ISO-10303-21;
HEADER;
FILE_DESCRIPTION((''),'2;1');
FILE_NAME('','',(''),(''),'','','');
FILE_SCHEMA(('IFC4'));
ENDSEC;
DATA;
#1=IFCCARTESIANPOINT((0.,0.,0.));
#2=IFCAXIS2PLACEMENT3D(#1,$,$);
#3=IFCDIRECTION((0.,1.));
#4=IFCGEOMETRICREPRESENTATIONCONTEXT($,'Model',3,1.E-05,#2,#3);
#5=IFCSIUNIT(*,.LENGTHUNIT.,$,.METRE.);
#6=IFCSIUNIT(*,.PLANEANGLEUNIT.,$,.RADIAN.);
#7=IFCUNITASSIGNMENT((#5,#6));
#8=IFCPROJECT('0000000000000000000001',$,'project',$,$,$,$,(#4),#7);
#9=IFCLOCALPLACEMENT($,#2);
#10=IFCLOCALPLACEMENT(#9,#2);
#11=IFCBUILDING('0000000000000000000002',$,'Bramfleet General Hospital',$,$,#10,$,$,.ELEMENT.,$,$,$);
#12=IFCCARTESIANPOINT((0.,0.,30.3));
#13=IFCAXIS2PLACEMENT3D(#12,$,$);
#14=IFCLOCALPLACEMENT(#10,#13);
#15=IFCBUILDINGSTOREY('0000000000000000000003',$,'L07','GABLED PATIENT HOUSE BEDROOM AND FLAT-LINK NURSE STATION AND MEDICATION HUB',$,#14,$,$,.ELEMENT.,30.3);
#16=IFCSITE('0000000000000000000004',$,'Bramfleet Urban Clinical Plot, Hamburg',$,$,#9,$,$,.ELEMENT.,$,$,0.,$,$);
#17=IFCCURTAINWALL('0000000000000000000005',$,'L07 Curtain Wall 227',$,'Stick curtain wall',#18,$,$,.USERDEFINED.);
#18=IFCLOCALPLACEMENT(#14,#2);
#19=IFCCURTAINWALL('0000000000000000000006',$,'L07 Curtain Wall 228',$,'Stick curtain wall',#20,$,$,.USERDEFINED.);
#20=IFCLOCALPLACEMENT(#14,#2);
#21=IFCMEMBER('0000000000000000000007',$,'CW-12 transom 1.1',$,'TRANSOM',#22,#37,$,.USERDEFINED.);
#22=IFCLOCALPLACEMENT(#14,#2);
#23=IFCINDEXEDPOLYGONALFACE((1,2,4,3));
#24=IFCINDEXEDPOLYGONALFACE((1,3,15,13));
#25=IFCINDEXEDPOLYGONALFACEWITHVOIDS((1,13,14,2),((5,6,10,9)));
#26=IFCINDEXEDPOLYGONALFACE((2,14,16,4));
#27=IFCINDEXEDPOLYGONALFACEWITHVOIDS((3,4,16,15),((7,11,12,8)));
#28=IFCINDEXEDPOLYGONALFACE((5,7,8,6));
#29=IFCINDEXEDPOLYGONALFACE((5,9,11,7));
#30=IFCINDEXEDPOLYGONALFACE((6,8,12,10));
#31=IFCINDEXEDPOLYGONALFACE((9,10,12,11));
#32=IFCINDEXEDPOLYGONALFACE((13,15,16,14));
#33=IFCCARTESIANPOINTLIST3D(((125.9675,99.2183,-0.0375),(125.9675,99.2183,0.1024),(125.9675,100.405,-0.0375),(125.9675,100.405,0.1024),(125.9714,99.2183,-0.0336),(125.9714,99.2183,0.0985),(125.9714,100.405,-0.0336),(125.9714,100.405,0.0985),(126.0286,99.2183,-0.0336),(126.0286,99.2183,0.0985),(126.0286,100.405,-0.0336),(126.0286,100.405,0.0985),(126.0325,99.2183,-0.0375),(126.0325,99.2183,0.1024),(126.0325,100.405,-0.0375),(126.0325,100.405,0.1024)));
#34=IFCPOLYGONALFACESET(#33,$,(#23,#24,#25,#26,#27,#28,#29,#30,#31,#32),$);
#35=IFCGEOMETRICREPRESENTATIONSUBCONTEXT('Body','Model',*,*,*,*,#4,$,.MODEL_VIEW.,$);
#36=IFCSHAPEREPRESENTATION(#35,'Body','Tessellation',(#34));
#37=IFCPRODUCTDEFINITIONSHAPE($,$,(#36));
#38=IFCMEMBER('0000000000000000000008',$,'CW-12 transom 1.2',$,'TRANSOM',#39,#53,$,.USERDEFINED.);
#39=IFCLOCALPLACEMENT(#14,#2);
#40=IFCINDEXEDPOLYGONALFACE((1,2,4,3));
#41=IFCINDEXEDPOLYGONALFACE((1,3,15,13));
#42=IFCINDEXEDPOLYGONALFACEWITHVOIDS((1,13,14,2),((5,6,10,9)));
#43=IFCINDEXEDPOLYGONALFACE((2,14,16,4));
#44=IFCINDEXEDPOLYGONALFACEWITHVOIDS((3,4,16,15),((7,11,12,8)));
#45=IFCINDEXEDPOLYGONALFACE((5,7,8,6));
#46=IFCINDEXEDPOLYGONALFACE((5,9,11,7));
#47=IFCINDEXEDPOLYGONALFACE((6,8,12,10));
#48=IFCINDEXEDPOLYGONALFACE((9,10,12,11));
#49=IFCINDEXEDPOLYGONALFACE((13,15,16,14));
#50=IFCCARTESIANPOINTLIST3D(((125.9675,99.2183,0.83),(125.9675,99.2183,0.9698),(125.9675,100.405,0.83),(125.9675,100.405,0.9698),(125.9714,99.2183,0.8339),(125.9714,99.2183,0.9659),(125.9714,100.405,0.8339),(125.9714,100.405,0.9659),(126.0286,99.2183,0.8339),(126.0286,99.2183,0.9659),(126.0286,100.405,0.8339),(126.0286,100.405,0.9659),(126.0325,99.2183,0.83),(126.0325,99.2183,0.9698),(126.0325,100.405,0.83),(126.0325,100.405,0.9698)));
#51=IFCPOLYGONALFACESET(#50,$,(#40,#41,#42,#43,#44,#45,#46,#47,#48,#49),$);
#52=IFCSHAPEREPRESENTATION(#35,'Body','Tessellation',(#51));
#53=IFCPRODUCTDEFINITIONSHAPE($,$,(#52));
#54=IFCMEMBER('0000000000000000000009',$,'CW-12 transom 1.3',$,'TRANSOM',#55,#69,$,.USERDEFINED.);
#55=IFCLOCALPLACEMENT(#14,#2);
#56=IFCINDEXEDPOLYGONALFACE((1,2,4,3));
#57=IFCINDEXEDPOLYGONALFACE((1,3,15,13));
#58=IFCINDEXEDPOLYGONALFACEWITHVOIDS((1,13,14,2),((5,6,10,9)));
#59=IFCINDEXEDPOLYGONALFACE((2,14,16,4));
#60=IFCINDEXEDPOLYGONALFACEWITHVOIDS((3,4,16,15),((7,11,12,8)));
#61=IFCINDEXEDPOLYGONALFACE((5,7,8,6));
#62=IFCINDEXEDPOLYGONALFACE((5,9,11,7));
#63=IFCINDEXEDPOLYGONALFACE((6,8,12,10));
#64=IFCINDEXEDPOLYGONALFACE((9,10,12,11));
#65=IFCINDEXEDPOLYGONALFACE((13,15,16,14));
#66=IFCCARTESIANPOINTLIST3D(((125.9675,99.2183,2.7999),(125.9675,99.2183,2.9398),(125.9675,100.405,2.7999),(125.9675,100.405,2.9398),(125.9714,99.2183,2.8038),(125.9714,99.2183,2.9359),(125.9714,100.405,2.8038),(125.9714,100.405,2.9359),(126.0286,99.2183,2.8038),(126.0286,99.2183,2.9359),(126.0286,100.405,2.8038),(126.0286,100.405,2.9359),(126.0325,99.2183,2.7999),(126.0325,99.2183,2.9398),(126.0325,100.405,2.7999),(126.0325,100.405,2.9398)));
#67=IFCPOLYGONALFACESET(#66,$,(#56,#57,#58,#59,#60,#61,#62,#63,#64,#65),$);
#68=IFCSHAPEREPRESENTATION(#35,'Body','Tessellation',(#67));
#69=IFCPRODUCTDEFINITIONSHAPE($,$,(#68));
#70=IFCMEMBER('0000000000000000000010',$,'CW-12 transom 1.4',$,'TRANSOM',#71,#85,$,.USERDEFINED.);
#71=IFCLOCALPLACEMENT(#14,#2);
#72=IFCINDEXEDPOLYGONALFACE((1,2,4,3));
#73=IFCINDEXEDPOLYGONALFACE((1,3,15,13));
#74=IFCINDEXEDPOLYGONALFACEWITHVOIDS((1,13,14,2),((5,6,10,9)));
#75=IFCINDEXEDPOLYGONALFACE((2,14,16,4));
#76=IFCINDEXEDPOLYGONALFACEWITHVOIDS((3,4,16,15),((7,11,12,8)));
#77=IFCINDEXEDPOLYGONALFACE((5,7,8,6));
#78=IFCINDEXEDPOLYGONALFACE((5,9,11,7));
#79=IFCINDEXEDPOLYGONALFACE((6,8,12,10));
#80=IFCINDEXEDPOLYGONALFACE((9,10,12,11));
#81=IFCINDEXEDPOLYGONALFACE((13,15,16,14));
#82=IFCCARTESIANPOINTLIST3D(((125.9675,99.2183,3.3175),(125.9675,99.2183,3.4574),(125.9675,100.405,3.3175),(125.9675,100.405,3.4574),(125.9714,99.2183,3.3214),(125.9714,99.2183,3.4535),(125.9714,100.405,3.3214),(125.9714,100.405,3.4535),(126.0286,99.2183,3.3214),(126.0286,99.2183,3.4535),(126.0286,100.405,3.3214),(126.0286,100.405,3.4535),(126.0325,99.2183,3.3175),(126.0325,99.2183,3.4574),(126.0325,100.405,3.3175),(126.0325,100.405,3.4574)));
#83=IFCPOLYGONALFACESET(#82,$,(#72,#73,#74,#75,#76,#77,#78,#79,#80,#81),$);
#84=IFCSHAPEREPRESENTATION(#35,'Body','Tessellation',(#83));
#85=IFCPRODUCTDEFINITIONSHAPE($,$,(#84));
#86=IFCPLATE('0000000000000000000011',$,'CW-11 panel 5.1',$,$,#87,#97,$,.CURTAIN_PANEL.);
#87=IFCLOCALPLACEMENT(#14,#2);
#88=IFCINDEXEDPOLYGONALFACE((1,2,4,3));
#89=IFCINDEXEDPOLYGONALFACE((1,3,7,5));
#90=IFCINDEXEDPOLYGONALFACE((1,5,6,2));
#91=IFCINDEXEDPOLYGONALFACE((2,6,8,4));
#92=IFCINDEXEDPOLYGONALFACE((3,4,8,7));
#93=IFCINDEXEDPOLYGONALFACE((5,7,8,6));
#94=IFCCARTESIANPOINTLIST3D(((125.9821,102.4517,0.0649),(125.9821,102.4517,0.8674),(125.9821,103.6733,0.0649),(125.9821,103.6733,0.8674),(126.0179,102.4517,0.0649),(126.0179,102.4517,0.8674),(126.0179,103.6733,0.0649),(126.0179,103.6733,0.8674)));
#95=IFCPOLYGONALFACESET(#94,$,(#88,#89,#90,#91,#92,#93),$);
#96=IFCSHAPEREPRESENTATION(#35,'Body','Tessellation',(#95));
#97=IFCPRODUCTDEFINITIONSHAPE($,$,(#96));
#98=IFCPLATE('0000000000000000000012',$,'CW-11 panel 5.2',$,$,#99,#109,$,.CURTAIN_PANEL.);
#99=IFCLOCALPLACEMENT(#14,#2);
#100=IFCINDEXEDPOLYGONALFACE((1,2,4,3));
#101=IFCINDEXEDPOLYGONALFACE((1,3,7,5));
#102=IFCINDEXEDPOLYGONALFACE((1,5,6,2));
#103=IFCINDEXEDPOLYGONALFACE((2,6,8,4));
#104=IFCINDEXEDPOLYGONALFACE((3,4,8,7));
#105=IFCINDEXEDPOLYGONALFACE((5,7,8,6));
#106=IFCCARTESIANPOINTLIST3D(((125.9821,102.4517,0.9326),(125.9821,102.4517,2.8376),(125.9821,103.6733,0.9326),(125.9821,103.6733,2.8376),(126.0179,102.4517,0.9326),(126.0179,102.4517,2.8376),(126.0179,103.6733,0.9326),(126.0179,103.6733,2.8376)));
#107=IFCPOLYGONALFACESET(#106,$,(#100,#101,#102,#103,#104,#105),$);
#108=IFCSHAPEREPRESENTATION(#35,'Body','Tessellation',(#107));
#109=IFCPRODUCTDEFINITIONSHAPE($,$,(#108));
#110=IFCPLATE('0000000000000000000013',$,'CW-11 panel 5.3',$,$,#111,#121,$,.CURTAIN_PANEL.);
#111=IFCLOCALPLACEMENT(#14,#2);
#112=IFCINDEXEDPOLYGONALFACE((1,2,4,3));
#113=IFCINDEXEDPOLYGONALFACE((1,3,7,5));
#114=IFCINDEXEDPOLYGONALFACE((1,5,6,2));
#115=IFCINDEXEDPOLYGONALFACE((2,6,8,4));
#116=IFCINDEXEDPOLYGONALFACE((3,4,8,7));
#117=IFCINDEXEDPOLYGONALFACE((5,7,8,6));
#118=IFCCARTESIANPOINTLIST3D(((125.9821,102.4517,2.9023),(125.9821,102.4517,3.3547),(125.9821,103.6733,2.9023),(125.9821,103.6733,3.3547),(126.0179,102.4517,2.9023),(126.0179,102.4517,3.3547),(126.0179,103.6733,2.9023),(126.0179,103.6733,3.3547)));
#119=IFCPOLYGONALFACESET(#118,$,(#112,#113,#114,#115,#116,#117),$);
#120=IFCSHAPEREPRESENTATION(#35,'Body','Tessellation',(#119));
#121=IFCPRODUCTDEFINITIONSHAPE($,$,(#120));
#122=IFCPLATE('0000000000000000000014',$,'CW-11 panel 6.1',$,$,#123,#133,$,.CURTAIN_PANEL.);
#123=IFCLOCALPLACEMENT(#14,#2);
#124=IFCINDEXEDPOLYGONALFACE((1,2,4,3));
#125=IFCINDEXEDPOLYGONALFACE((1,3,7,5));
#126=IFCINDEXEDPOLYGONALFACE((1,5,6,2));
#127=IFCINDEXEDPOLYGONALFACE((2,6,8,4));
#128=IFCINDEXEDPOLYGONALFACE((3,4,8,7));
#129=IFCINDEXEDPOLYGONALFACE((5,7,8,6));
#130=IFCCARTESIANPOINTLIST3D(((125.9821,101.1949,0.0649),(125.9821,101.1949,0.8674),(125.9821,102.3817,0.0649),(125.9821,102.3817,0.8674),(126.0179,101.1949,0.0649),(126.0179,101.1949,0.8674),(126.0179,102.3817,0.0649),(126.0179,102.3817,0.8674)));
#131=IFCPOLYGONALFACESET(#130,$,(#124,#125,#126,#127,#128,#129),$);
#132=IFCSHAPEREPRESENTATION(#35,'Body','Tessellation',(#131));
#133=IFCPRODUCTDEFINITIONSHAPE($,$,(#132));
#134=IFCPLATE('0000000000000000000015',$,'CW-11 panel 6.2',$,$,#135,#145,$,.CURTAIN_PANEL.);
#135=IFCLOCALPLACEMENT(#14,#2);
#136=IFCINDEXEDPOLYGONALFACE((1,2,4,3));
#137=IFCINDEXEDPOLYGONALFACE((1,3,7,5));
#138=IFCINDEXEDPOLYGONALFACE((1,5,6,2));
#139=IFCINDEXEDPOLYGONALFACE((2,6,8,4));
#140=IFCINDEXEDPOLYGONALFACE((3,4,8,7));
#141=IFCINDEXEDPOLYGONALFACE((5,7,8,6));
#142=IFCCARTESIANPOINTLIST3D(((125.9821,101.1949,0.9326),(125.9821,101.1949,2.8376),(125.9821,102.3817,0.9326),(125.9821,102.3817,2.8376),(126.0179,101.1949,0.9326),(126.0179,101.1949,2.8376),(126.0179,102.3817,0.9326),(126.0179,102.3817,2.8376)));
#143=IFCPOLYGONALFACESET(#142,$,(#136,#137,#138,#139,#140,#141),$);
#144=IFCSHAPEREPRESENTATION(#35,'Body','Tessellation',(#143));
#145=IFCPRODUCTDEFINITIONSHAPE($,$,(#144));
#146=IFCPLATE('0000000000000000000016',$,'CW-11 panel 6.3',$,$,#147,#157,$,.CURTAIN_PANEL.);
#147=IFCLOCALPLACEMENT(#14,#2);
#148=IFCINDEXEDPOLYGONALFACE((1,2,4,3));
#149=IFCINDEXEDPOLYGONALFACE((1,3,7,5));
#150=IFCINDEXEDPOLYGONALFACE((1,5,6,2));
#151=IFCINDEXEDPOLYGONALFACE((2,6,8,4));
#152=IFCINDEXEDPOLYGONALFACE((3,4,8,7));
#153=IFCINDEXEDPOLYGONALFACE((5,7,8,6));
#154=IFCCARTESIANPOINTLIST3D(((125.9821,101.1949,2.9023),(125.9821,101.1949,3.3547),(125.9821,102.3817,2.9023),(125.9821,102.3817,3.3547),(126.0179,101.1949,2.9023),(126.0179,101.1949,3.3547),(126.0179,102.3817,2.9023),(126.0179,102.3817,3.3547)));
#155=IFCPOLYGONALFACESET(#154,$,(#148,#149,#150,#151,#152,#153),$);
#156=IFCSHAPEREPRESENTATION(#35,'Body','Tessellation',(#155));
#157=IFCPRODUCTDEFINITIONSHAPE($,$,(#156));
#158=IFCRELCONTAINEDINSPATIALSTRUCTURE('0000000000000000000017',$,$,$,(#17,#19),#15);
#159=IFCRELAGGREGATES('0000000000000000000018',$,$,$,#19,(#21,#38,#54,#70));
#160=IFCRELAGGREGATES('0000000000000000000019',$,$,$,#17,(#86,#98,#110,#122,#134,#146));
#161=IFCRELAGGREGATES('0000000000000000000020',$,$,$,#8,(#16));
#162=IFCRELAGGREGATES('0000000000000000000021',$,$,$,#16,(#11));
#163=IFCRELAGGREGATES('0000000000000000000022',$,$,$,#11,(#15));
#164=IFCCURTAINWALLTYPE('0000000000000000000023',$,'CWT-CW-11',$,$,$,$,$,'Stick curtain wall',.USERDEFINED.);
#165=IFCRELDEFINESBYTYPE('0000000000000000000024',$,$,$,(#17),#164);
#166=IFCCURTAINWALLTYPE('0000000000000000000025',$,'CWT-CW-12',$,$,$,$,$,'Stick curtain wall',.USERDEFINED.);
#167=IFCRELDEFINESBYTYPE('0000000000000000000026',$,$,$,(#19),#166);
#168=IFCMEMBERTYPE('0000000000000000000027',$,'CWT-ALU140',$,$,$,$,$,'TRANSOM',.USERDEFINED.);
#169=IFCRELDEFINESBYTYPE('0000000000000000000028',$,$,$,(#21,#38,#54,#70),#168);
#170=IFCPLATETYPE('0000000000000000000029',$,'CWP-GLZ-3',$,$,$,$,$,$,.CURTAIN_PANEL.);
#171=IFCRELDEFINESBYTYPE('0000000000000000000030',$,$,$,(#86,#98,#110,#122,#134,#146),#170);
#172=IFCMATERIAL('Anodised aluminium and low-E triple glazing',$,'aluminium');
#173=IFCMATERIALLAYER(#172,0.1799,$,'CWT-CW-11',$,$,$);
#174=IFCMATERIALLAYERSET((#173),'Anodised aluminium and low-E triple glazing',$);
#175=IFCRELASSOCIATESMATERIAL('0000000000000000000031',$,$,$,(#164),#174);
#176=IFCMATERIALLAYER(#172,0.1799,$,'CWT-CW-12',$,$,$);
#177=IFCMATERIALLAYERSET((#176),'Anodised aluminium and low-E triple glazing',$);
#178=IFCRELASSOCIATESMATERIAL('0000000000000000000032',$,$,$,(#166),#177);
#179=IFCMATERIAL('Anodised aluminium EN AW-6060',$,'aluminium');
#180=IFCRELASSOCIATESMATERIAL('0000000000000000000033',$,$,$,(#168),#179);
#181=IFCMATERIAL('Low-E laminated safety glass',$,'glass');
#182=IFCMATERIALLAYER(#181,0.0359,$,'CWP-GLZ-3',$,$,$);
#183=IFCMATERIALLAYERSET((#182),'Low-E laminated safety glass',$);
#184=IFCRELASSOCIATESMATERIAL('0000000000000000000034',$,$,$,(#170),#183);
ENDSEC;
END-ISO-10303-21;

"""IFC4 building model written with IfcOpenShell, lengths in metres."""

from ifc_helpers import new_model, si_unit, direction, frame, origin, origin_2d, place, context, subcontext, project, spatial, rectangle, hollow_rectangle, extrude, material, layer, layer_set, material_profile, profile_set, type_object, element, aggregate, save


model = new_model("IFC4")

# Units and contexts
model_context = context("Model", 3, precision=1e-05, world=origin(), true_north=direction((0.0, 1.0)))
body_context = subcontext(model_context, "Body", "Model", "MODEL_VIEW")
ifc_project = project(units=[si_unit("LENGTHUNIT", "METRE"), si_unit("PLANEANGLEUNIT", "RADIAN")], contexts=[model_context])

# Site, building, storey
site_placement = place(None, origin())
site = spatial("IfcSite", under=ifc_project, at=site_placement, Name="Bramfleet Urban Clinical Plot, Hamburg", CompositionType="ELEMENT", RefElevation=0.0)
building_placement = place(site_placement, origin())
building = spatial("IfcBuilding", under=site, at=building_placement, Name="Bramfleet General Hospital", CompositionType="ELEMENT")
storey_placement = place(building_placement, frame((0.0, 0.0, 30.3)))
storey = spatial("IfcBuildingStorey", under=building, at=storey_placement, Name="L07", Description="GABLED PATIENT HOUSE BEDROOM AND FLAT-LINK NURSE STATION AND MEDICATION HUB", CompositionType="ELEMENT", Elevation=30.3)

# Curtain wall
ifc_material_1 = material(Name="Anodised aluminium and low-E triple glazing", Category="aluminium")
ifc_layer_1 = layer(ifc_material_1, 0.1799, Name="CWT-CW-11")
ifc_layer_set_1 = layer_set([ifc_layer_1], Name="Anodised aluminium and low-E triple glazing")
curtain_wall_type_1 = type_object("IfcCurtainWallType", Name="CWT-CW-11", ElementType="Stick curtain wall", PredefinedType="USERDEFINED", material=ifc_layer_set_1)
curtain_wall_1_placement = place(storey_placement, origin())
curtain_wall_1 = element("IfcCurtainWall", 1, at=curtain_wall_1_placement, inside=storey, type_object=curtain_wall_type_1, Name="L07 Curtain Wall 227", ObjectType="Stick curtain wall", PredefinedType="USERDEFINED")
ifc_material_2 = material(Name="Anodised aluminium EN AW-6060", Category="aluminium")

# Curtain wall
ifc_layer_2 = layer(ifc_material_1, 0.1799, Name="CWT-CW-12")
ifc_layer_set_2 = layer_set([ifc_layer_2], Name="Anodised aluminium and low-E triple glazing")
curtain_wall_type_2 = type_object("IfcCurtainWallType", Name="CWT-CW-12", ElementType="Stick curtain wall", PredefinedType="USERDEFINED", material=ifc_layer_set_2)
curtain_wall_2_placement = place(storey_placement, origin())
curtain_wall_2 = element("IfcCurtainWall", 2, at=curtain_wall_2_placement, inside=storey, type_object=curtain_wall_type_2, Name="L07 Curtain Wall 228", ObjectType="Stick curtain wall", PredefinedType="USERDEFINED")

# Members
ifc_material_profile_1 = material_profile(ifc_material_2, hollow_rectangle(XDim=0.0649, YDim=0.1399, WallThickness=0.0039, at=origin_2d()), Name="ALU 140x65x4.0")
ifc_profile_set_1 = profile_set([ifc_material_profile_1], Name="Anodised aluminium EN AW-6060")
member_type_1 = type_object("IfcMemberType", Name="CWT-ALU140", ElementType="TRANSOM", PredefinedType="USERDEFINED", material=ifc_profile_set_1)
member_1_placement = place(storey_placement, frame((126.0, 100.405, 0.0325), z_axis=(0.0, -1.0, 0.0), x_axis=(1.0, 0.0, 0.0)))
member_1 = element("IfcMember", 3, at=member_1_placement, type_object=member_type_1, Name="CW-12 transom 1.1", ObjectType="TRANSOM", PredefinedType="USERDEFINED", context=body_context, shape_type="SweptSolid", body=[
    extrude(hollow_rectangle(XDim=0.0649, YDim=0.1399, WallThickness=0.0039, at=origin_2d()), origin(), (0.0, 0.0, 1.0), 1.1868),
])
member_2_placement = place(storey_placement, frame((126.0, 100.405, 0.8999), z_axis=(0.0, -1.0, 0.0), x_axis=(1.0, 0.0, 0.0)))
member_2 = element("IfcMember", 4, at=member_2_placement, type_object=member_type_1, Name="CW-12 transom 1.2", ObjectType="TRANSOM", PredefinedType="USERDEFINED", context=body_context, shape_type="SweptSolid", body=[
    extrude(hollow_rectangle(XDim=0.0649, YDim=0.1399, WallThickness=0.0039, at=origin_2d()), origin(), (0.0, 0.0, 1.0), 1.1868),
])
member_3_placement = place(storey_placement, frame((126.0, 100.405, 2.8699), z_axis=(0.0, -1.0, 0.0), x_axis=(1.0, 0.0, 0.0)))
member_3 = element("IfcMember", 5, at=member_3_placement, type_object=member_type_1, Name="CW-12 transom 1.3", ObjectType="TRANSOM", PredefinedType="USERDEFINED", context=body_context, shape_type="SweptSolid", body=[
    extrude(hollow_rectangle(XDim=0.0649, YDim=0.1399, WallThickness=0.0039, at=origin_2d()), origin(), (0.0, 0.0, 1.0), 1.1868),
])
member_4_placement = place(storey_placement, frame((126.0, 100.405, 3.3875), z_axis=(0.0, -1.0, 0.0), x_axis=(1.0, 0.0, 0.0)))
member_4 = element("IfcMember", 6, at=member_4_placement, type_object=member_type_1, Name="CW-12 transom 1.4", ObjectType="TRANSOM", PredefinedType="USERDEFINED", context=body_context, shape_type="SweptSolid", body=[
    extrude(hollow_rectangle(XDim=0.0649, YDim=0.1399, WallThickness=0.0039, at=origin_2d()), origin(), (0.0, 0.0, 1.0), 1.1868),
])
aggregate(curtain_wall_2, [member_1, member_2, member_3, member_4])

# Plates
ifc_material_3 = material(Name="Low-E laminated safety glass", Category="glass")
ifc_layer_3 = layer(ifc_material_3, 0.0359, Name="CWP-GLZ-3")
ifc_layer_set_3 = layer_set([ifc_layer_3], Name="Low-E laminated safety glass")
plate_type = type_object("IfcPlateType", Name="CWP-GLZ-3", PredefinedType="CURTAIN_PANEL", material=ifc_layer_set_3)
plate_1_placement = place(storey_placement, frame((126.0, 103.0625, 0.0649), z_axis=(0.0, 0.0, 1.0), x_axis=(0.0, -1.0, 0.0)))
plate_1 = element("IfcPlate", 7, at=plate_1_placement, type_object=plate_type, Name="CW-11 panel 5.1", PredefinedType="CURTAIN_PANEL", context=body_context, shape_type="SweptSolid", body=[
    extrude(rectangle(XDim=1.2217, YDim=0.0359, at=origin_2d()), origin(), (0.0, 0.0, 1.0), 0.8025),
])
plate_2_placement = place(storey_placement, frame((126.0, 103.0625, 0.9326), z_axis=(0.0, 0.0, 1.0), x_axis=(0.0, -1.0, 0.0)))
plate_2 = element("IfcPlate", 8, at=plate_2_placement, type_object=plate_type, Name="CW-11 panel 5.2", PredefinedType="CURTAIN_PANEL", context=body_context, shape_type="SweptSolid", body=[
    extrude(rectangle(XDim=1.2217, YDim=0.0359, at=origin_2d()), origin(), (0.0, 0.0, 1.0), 1.905),
])
plate_3_placement = place(storey_placement, frame((126.0, 103.0625, 2.9023), z_axis=(0.0, 0.0, 1.0), x_axis=(0.0, -1.0, 0.0)))
plate_3 = element("IfcPlate", 9, at=plate_3_placement, type_object=plate_type, Name="CW-11 panel 5.3", PredefinedType="CURTAIN_PANEL", context=body_context, shape_type="SweptSolid", body=[
    extrude(rectangle(XDim=1.2217, YDim=0.0359, at=origin_2d()), origin(), (0.0, 0.0, 1.0), 0.4524),
])
plate_4_placement = place(storey_placement, frame((126.0, 101.7883, 0.0649), z_axis=(0.0, 0.0, 1.0), x_axis=(0.0, -1.0, 0.0)))
plate_4 = element("IfcPlate", 10, at=plate_4_placement, type_object=plate_type, Name="CW-11 panel 6.1", PredefinedType="CURTAIN_PANEL", context=body_context, shape_type="SweptSolid", body=[
    extrude(rectangle(XDim=1.1868, YDim=0.0359, at=origin_2d()), origin(), (0.0, 0.0, 1.0), 0.8025),
])
plate_5_placement = place(storey_placement, frame((126.0, 101.7883, 0.9326), z_axis=(0.0, 0.0, 1.0), x_axis=(0.0, -1.0, 0.0)))
plate_5 = element("IfcPlate", 11, at=plate_5_placement, type_object=plate_type, Name="CW-11 panel 6.2", PredefinedType="CURTAIN_PANEL", context=body_context, shape_type="SweptSolid", body=[
    extrude(rectangle(XDim=1.1868, YDim=0.0359, at=origin_2d()), origin(), (0.0, 0.0, 1.0), 1.905),
])
plate_6_placement = place(storey_placement, frame((126.0, 101.7883, 2.9023), z_axis=(0.0, 0.0, 1.0), x_axis=(0.0, -1.0, 0.0)))
plate_6 = element("IfcPlate", 12, at=plate_6_placement, type_object=plate_type, Name="CW-11 panel 6.3", PredefinedType="CURTAIN_PANEL", context=body_context, shape_type="SweptSolid", body=[
    extrude(rectangle(XDim=1.1868, YDim=0.0359, at=origin_2d()), origin(), (0.0, 0.0, 1.0), 0.4524),
])
aggregate(curtain_wall_1, [plate_1, plate_2, plate_3, plate_4, plate_5, plate_6])

save(model, "model.ifc")
